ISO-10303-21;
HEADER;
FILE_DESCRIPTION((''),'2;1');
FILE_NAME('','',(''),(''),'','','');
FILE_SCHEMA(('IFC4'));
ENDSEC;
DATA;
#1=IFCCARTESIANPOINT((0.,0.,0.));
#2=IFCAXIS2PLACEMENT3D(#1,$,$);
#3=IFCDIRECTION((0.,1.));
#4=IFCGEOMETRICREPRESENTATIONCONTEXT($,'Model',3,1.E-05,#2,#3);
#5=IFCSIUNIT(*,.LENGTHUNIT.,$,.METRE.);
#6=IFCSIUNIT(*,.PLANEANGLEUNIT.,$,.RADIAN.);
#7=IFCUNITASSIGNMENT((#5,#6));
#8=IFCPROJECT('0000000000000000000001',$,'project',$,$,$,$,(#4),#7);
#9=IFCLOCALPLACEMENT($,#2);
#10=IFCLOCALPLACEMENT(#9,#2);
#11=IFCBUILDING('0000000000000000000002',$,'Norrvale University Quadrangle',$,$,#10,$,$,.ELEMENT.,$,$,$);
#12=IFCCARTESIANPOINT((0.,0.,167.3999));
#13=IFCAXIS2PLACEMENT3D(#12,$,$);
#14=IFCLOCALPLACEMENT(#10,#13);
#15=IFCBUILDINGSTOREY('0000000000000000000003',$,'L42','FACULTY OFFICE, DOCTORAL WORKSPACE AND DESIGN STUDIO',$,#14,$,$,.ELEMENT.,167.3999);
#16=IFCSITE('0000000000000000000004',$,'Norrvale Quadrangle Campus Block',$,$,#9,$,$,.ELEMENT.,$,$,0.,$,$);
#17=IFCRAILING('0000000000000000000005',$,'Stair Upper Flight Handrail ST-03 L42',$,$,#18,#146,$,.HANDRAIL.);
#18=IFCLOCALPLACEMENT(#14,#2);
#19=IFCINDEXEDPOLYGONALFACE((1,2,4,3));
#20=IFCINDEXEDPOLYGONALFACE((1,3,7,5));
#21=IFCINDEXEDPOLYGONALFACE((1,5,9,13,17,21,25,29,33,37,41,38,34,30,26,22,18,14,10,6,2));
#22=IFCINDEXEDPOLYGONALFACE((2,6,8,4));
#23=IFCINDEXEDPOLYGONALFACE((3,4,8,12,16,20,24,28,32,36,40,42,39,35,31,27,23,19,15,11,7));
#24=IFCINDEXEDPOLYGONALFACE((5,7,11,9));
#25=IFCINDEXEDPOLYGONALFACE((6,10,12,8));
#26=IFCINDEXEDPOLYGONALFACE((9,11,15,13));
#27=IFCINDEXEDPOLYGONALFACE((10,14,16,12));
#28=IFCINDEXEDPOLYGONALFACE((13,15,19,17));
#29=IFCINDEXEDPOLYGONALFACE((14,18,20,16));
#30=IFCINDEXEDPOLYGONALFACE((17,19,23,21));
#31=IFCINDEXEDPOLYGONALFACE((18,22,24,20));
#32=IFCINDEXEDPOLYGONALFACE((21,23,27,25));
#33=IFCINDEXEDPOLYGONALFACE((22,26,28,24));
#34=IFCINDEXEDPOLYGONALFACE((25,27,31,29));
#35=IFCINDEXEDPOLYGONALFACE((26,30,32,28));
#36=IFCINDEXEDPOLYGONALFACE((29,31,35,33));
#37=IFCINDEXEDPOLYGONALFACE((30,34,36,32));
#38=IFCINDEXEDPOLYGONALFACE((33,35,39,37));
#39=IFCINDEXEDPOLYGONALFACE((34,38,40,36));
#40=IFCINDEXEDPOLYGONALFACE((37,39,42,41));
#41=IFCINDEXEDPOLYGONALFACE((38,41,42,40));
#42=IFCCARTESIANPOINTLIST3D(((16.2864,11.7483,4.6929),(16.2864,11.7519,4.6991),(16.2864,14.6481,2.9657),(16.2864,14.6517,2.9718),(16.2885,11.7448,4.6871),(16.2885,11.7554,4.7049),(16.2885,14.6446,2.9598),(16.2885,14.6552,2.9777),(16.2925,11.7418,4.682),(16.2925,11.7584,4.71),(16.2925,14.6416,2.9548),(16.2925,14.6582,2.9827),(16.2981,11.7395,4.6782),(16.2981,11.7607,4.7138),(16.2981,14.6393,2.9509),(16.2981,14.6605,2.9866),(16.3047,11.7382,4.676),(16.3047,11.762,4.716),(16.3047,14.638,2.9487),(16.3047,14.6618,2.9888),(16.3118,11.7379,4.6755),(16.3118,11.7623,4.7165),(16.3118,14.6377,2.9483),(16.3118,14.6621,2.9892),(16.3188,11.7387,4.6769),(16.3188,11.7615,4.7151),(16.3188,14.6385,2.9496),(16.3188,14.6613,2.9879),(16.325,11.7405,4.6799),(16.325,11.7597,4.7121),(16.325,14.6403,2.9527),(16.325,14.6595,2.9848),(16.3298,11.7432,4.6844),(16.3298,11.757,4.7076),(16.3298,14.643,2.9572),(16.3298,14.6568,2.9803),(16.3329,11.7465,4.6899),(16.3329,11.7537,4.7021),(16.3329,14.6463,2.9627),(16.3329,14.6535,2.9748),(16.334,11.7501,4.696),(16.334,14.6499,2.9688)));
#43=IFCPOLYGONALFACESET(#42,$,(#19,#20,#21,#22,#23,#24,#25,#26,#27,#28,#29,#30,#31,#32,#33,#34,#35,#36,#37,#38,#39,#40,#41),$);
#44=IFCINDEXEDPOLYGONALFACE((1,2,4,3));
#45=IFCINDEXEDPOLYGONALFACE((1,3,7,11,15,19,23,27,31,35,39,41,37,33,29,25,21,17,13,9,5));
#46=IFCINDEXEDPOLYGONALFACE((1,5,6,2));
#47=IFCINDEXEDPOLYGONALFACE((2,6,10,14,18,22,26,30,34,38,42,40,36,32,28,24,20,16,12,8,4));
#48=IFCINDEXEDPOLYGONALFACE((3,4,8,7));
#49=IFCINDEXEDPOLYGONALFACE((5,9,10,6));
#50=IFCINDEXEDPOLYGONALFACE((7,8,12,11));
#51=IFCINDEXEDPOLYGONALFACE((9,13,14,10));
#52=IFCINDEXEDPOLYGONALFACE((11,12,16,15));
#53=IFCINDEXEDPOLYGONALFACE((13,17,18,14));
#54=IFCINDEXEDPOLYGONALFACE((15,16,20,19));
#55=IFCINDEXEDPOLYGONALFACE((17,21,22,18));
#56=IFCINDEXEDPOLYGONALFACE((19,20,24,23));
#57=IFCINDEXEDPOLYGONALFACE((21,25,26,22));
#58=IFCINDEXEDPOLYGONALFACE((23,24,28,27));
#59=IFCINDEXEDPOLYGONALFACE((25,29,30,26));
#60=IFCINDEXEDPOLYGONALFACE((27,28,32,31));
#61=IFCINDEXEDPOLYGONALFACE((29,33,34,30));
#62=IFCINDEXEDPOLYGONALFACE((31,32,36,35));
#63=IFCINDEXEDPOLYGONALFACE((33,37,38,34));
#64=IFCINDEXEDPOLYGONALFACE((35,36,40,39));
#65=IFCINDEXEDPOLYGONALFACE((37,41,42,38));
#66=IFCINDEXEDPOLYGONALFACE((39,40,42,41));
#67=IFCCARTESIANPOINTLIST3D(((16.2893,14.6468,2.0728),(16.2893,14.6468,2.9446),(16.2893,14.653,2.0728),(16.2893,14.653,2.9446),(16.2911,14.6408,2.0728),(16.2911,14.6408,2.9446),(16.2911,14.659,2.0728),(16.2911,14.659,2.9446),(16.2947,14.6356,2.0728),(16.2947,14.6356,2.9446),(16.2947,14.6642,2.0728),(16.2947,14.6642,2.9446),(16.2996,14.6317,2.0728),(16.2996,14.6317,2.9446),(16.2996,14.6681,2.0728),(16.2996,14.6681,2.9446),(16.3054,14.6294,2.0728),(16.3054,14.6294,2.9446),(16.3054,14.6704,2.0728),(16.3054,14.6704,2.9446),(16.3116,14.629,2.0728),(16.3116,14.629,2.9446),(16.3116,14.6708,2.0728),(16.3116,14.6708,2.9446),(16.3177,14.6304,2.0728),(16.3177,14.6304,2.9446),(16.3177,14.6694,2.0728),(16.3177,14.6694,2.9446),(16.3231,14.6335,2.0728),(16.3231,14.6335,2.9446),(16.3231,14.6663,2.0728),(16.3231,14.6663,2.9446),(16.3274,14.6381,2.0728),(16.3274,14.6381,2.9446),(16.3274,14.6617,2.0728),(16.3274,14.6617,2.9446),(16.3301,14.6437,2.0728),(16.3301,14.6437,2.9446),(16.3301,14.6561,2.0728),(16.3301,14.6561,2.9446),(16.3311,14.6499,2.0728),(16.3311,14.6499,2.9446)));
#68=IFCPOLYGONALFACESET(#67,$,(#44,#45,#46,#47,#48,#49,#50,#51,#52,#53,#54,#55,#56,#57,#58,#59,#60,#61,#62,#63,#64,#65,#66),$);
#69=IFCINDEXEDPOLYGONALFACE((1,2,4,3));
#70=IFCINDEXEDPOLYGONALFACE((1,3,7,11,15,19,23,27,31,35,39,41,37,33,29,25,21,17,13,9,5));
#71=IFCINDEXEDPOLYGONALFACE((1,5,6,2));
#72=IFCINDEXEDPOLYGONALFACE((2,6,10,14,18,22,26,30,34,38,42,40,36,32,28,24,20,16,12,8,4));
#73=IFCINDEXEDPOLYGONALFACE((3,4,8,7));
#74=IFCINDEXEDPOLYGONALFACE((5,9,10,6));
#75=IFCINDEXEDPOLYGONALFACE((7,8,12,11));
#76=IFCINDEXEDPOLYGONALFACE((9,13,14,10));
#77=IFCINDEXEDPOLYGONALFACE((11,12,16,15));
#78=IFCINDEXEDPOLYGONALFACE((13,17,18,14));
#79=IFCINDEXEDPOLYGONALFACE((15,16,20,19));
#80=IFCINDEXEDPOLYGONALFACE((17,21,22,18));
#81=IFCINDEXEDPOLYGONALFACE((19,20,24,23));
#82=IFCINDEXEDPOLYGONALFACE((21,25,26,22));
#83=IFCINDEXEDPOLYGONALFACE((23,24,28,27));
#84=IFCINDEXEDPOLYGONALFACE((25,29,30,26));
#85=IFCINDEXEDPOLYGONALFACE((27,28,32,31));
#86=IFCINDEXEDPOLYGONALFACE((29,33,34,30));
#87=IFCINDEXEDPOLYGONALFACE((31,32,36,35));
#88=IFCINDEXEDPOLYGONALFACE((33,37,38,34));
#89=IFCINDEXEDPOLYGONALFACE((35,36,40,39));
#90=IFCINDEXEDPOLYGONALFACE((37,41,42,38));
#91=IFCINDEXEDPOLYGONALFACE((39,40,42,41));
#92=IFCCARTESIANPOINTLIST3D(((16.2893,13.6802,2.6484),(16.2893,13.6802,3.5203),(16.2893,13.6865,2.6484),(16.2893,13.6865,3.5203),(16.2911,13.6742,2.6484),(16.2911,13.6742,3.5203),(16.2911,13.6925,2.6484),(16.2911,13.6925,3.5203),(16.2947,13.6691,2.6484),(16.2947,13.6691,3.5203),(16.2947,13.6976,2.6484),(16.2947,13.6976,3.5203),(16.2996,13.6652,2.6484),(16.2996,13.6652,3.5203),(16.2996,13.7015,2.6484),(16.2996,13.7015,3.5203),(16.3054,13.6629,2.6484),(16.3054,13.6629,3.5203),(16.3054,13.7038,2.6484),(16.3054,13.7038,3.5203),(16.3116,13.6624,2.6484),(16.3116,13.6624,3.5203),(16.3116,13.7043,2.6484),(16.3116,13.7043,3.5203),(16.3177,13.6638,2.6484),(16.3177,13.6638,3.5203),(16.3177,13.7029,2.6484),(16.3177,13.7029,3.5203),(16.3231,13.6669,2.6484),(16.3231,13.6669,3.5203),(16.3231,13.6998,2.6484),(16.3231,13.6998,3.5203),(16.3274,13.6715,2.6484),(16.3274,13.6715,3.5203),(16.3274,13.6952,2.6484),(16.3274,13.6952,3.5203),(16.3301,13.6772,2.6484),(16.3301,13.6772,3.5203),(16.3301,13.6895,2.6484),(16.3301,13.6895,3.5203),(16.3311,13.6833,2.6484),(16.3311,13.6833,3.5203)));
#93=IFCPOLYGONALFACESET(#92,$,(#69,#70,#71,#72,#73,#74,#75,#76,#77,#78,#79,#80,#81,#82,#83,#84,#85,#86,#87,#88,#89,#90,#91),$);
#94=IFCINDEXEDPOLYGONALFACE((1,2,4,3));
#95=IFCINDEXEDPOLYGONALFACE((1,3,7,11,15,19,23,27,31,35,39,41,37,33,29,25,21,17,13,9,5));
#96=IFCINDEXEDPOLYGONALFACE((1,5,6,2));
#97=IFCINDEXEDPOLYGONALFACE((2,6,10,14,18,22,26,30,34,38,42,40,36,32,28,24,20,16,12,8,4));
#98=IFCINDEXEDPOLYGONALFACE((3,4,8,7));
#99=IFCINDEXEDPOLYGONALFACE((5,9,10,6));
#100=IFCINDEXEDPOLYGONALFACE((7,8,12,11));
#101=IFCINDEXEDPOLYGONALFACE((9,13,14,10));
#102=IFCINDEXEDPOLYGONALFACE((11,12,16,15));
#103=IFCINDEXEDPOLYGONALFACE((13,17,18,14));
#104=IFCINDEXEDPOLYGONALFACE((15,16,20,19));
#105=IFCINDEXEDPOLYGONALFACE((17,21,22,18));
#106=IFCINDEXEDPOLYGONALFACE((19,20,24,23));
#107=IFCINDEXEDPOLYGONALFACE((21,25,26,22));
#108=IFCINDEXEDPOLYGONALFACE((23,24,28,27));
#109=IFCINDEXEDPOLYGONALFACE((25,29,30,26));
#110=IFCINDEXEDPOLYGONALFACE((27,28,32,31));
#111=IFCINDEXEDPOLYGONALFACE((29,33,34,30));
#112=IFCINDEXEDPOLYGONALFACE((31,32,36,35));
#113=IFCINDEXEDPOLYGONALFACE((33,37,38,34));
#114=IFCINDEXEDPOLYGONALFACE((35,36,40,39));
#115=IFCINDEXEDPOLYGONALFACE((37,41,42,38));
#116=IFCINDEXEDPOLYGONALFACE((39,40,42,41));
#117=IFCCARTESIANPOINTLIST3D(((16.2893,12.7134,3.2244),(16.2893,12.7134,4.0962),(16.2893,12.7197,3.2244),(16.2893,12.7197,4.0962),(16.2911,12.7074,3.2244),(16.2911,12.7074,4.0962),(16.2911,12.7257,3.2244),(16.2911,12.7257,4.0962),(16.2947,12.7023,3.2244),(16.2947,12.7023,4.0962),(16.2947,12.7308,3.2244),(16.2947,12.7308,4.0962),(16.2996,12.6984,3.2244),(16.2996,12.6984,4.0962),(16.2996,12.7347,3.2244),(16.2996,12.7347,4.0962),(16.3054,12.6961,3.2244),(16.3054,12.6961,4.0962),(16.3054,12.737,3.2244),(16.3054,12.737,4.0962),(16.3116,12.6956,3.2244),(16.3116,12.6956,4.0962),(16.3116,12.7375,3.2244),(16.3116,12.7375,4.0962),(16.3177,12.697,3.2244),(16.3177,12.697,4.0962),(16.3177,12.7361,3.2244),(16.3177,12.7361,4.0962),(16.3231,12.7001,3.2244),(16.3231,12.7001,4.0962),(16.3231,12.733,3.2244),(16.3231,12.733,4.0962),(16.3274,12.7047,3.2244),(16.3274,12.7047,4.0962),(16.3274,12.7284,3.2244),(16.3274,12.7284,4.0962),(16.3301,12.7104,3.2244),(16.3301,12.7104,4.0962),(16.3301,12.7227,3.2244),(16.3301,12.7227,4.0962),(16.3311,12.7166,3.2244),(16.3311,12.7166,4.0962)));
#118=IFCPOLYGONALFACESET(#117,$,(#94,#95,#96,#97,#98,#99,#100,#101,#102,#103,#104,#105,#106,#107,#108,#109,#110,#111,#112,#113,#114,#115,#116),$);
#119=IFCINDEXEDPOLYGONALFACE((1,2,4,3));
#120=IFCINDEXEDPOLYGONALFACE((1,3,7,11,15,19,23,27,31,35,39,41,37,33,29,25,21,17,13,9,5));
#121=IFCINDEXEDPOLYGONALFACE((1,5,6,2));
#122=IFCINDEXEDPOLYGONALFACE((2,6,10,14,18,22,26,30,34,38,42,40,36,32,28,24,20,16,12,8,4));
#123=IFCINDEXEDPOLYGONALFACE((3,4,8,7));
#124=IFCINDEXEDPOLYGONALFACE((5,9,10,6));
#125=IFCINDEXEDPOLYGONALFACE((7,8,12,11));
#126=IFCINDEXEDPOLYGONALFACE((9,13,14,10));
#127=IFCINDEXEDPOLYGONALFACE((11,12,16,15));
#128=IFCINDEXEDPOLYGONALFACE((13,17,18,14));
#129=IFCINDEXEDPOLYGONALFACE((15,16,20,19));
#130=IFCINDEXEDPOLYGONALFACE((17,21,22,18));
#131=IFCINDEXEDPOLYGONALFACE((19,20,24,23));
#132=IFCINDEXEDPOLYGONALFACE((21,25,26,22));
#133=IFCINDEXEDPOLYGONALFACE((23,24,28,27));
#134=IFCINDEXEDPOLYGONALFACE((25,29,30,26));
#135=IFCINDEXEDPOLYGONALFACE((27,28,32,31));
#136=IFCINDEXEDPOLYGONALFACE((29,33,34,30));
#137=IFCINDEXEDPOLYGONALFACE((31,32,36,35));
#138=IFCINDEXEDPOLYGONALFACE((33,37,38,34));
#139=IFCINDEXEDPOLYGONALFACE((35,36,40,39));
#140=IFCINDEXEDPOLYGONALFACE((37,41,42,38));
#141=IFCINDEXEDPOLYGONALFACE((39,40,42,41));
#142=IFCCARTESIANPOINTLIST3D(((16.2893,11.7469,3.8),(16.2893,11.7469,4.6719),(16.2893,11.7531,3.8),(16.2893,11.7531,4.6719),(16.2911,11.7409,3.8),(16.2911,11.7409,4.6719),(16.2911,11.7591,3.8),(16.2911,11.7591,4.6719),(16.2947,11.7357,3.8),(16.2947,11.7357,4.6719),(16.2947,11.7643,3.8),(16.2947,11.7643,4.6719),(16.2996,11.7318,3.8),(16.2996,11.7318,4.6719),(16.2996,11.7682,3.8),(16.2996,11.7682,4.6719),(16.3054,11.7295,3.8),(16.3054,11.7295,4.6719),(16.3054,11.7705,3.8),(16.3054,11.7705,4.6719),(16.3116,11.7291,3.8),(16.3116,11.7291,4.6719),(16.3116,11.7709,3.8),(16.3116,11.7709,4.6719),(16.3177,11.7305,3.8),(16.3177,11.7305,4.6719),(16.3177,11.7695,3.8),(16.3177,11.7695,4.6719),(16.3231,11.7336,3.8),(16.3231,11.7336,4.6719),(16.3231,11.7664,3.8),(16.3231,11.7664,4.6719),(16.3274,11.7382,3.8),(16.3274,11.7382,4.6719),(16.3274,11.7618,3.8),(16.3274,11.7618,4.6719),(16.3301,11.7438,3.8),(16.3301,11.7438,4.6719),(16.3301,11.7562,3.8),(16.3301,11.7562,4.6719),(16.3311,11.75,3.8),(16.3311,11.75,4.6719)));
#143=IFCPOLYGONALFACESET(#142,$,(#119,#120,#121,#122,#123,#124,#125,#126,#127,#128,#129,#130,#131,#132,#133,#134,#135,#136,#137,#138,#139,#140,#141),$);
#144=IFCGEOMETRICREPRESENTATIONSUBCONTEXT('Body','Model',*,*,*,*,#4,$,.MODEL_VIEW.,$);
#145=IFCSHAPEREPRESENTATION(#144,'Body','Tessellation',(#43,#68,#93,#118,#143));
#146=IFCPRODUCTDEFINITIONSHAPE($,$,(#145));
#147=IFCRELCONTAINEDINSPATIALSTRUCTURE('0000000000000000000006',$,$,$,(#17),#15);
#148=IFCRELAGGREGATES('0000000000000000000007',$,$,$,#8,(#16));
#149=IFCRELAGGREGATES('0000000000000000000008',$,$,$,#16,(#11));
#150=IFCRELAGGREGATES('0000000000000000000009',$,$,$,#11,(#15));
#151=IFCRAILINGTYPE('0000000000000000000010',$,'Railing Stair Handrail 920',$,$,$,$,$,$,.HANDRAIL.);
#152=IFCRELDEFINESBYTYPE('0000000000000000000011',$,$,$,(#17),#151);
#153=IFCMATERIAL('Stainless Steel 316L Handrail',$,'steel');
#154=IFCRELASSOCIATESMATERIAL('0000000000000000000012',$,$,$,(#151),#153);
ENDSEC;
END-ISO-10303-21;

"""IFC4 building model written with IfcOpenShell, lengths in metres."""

from ifc_helpers import new_model, si_unit, direction, frame, origin, origin_2d, place, context, subcontext, project, spatial, circle, extrude, material, type_object, element, save


model = new_model("IFC4")

# Units and contexts
model_context = context("Model", 3, precision=1e-05, world=origin(), true_north=direction((0.0, 1.0)))
body_context = subcontext(model_context, "Body", "Model", "MODEL_VIEW")
ifc_project = project(units=[si_unit("LENGTHUNIT", "METRE"), si_unit("PLANEANGLEUNIT", "RADIAN")], contexts=[model_context])

# Site, building, storey
site_placement = place(None, origin())
site = spatial("IfcSite", under=ifc_project, at=site_placement, Name="Norrvale Quadrangle Campus Block", CompositionType="ELEMENT", RefElevation=0.0)
building_placement = place(site_placement, origin())
building = spatial("IfcBuilding", under=site, at=building_placement, Name="Norrvale University Quadrangle", CompositionType="ELEMENT")
storey_placement = place(building_placement, frame((0.0, 0.0, 167.3999)))
storey = spatial("IfcBuildingStorey", under=building, at=storey_placement, Name="L42", Description="FACULTY OFFICE, DOCTORAL WORKSPACE AND DESIGN STUDIO", CompositionType="ELEMENT", Elevation=167.3999)

# Railing
ifc_material_1 = material(Name="Stainless Steel 316L Handrail", Category="steel")
railing_type_1 = type_object("IfcRailingType", Name="Railing Stair Handrail 920", PredefinedType="HANDRAIL", material=ifc_material_1)
railing_1_placement = place(storey_placement, frame((16.3101, 14.6499, 2.0728)))
element("IfcRailing", 1, at=railing_1_placement, inside=storey, type_object=railing_type_1, Name="Stair Upper Flight Handrail ST-03 L42", PredefinedType="HANDRAIL", context=body_context, shape_type="SweptSolid", body=[
    extrude(circle(Radius=0.0239, at=origin_2d()), frame((0.0, 0.0, 0.896), z_axis=(0.0, -0.859141, 0.511738), x_axis=(1.0, 0.0, 0.0)), (0.0, 0.0, 1.0), 3.3752),
    extrude(circle(Radius=0.021, at=origin_2d()), origin(), (0.0, 0.0, 1.0), 0.8718),
    extrude(circle(Radius=0.021, at=origin_2d()), frame((0.0, -0.9666, 0.5757)), (0.0, 0.0, 1.0), 0.8718),
    extrude(circle(Radius=0.021, at=origin_2d()), frame((0.0, -1.9333, 1.1516)), (0.0, 0.0, 1.0), 0.8718),
    extrude(circle(Radius=0.021, at=origin_2d()), frame((0.0, -2.8999, 1.7273)), (0.0, 0.0, 1.0), 0.8718),
])

save(model, "model.ifc")
